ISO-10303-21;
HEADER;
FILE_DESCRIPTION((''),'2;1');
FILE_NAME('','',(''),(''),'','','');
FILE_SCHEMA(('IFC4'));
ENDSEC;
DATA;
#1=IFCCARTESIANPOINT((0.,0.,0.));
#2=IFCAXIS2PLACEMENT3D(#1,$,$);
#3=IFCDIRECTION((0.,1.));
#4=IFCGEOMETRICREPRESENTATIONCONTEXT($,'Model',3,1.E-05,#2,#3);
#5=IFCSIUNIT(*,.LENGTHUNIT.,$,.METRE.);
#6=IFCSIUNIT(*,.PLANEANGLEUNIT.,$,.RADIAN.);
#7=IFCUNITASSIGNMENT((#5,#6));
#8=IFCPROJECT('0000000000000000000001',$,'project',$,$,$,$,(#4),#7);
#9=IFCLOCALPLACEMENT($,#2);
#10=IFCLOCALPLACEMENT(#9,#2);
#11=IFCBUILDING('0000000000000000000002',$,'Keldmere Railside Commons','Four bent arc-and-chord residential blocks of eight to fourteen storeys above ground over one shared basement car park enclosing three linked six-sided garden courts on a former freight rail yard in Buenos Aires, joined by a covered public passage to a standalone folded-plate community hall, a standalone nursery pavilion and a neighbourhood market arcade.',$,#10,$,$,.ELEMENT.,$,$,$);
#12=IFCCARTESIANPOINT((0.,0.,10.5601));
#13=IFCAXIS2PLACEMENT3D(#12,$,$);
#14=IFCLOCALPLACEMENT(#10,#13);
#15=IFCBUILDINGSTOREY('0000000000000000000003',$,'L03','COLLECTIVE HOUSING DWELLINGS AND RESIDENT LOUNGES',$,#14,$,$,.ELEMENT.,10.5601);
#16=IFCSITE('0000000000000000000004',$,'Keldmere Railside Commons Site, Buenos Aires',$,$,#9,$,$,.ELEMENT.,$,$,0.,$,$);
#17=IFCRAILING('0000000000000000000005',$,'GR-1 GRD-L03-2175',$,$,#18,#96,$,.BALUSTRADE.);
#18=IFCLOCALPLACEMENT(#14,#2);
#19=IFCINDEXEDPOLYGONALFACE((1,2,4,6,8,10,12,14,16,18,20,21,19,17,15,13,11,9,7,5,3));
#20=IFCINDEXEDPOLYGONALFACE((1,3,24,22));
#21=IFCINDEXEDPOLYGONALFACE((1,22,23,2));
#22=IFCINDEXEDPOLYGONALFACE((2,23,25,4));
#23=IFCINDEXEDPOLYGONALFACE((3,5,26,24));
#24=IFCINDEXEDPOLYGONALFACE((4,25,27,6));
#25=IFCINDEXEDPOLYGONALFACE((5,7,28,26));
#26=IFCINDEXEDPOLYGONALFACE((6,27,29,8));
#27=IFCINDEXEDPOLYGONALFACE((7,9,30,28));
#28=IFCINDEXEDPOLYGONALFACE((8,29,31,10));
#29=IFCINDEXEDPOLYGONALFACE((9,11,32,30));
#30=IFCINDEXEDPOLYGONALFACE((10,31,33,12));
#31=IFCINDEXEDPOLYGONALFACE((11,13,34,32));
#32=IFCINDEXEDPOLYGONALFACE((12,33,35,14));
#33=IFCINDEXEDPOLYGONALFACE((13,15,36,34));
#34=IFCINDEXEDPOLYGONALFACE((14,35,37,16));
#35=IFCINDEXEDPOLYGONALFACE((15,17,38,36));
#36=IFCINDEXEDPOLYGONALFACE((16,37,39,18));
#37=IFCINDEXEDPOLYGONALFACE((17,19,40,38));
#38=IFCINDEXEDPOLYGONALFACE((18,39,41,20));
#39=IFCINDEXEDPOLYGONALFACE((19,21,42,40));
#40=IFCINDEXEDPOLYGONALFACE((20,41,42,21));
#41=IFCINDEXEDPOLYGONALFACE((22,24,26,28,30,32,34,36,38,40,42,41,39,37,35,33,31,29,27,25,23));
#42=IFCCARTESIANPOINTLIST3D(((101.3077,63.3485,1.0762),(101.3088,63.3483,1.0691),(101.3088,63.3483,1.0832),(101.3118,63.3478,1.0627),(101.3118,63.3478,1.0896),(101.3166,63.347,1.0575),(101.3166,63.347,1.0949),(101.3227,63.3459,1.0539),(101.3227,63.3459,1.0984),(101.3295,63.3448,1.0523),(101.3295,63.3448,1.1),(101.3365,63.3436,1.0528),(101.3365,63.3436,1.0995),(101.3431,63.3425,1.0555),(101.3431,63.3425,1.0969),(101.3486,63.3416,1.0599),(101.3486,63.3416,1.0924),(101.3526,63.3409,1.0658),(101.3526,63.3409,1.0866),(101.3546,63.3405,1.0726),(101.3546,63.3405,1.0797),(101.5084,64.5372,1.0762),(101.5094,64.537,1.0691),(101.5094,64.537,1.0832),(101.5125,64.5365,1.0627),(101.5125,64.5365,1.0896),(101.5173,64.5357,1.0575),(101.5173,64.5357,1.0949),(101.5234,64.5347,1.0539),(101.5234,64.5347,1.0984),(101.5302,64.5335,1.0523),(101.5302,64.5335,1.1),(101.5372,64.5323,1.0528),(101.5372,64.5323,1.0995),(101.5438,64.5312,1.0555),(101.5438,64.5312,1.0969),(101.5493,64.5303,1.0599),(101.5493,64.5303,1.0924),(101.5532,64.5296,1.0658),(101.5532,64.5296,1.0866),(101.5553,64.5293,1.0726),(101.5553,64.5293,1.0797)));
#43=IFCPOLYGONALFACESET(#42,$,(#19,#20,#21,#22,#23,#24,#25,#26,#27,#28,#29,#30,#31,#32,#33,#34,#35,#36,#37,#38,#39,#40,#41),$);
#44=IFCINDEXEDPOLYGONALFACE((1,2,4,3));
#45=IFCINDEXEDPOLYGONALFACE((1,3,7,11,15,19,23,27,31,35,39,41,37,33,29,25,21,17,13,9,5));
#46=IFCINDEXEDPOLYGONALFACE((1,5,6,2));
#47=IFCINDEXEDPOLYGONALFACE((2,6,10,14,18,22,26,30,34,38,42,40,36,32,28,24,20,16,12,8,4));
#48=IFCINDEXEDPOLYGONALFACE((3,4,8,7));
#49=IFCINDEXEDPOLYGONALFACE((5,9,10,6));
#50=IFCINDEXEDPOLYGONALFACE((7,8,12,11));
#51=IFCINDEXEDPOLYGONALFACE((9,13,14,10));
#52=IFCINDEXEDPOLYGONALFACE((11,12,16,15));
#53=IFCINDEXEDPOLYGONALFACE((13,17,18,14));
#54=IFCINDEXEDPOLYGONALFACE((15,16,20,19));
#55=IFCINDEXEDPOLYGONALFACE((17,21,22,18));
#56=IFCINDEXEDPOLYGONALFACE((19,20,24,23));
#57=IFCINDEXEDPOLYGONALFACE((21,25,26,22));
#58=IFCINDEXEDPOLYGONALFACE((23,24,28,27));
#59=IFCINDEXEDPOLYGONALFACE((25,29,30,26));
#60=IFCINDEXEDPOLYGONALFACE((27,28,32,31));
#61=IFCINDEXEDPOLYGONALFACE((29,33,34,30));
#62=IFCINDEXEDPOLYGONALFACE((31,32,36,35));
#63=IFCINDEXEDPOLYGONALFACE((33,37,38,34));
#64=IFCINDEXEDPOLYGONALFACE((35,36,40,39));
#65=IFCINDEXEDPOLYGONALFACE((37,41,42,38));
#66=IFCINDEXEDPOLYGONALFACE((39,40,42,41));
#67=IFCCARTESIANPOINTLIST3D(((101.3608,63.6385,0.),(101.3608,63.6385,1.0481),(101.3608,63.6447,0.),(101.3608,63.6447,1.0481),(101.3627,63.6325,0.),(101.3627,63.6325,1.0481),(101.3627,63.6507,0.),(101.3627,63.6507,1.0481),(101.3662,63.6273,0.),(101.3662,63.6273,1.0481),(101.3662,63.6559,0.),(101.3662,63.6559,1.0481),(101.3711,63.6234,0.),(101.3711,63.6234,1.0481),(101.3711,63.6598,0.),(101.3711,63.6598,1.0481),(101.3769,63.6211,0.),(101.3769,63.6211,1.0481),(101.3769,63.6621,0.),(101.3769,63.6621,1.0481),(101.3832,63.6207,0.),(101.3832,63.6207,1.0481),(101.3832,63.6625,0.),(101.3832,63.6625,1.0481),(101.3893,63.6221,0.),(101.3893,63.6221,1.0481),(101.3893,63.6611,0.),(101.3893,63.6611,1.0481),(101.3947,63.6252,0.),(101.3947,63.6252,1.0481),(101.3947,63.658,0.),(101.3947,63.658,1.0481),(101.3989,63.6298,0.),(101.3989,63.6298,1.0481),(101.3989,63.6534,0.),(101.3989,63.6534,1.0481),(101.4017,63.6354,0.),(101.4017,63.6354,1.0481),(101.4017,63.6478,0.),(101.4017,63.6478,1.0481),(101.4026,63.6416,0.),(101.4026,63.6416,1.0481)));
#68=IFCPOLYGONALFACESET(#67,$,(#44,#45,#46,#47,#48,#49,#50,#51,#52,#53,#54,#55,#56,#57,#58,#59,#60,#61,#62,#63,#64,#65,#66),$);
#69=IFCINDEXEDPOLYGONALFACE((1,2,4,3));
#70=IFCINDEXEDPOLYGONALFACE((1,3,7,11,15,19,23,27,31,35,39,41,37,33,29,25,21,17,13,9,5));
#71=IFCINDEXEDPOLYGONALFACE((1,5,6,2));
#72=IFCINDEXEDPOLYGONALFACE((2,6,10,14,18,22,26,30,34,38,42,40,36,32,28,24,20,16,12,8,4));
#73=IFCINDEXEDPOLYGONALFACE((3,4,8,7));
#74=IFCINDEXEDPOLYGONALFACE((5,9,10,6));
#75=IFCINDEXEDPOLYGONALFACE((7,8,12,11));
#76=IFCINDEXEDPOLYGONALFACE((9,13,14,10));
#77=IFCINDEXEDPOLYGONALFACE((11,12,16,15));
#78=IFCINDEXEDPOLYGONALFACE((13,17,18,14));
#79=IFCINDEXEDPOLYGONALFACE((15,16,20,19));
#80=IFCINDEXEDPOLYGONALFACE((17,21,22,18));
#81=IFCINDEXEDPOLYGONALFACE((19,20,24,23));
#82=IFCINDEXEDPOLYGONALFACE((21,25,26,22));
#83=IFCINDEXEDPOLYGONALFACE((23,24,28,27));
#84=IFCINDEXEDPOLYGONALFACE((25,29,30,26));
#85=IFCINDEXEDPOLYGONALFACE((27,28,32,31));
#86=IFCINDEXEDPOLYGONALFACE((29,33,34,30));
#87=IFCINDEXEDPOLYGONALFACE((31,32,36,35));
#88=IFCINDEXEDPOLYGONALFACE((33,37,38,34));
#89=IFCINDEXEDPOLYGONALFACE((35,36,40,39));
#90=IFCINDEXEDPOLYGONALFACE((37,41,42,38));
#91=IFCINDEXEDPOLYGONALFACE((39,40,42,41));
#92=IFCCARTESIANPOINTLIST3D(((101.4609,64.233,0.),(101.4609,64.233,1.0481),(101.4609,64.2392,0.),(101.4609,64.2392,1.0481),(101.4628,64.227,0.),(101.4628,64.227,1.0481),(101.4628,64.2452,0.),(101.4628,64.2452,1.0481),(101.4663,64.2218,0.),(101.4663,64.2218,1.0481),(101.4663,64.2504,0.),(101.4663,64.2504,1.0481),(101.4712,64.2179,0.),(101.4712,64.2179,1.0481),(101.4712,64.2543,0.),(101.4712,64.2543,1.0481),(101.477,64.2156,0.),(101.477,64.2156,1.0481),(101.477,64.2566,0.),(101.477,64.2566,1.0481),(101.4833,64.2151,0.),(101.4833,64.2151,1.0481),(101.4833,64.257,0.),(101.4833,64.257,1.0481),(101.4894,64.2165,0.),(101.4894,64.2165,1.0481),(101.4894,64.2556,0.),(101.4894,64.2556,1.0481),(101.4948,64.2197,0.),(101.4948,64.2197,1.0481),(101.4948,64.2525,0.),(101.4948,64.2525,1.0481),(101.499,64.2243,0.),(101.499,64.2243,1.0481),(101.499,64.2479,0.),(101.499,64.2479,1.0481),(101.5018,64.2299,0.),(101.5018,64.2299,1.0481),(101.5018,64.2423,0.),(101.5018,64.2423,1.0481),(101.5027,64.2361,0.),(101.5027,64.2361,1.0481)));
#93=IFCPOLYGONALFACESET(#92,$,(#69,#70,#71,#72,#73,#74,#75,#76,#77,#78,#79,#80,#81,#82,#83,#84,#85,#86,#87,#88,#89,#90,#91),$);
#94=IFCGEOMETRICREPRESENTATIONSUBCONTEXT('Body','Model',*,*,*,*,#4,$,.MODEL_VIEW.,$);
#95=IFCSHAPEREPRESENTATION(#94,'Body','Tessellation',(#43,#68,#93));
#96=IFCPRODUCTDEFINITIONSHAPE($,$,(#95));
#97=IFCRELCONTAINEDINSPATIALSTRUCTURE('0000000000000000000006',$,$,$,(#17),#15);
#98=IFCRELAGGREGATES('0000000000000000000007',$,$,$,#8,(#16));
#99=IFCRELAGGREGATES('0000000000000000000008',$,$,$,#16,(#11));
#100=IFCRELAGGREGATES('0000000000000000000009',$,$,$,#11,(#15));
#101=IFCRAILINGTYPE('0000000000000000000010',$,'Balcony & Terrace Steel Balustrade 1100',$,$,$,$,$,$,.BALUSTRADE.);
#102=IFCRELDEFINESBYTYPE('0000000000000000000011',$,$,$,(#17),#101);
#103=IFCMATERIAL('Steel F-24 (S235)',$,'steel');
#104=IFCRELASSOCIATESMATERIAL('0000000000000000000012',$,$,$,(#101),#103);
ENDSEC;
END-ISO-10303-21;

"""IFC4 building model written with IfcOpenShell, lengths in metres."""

from ifc_helpers import new_model, si_unit, direction, frame, origin, origin_2d, place, context, subcontext, project, spatial, circle, extrude, material, type_object, element, save


model = new_model("IFC4")

# Units and contexts
model_context = context("Model", 3, precision=1e-05, world=origin(), true_north=direction((0.0, 1.0)))
body_context = subcontext(model_context, "Body", "Model", "MODEL_VIEW")
ifc_project = project(units=[si_unit("LENGTHUNIT", "METRE"), si_unit("PLANEANGLEUNIT", "RADIAN")], contexts=[model_context])

# Site, building, storey
site_placement = place(None, origin())
site = spatial("IfcSite", under=ifc_project, at=site_placement, Name="Keldmere Railside Commons Site, Buenos Aires", CompositionType="ELEMENT", RefElevation=0.0)
building_placement = place(site_placement, origin())
building = spatial("IfcBuilding", under=site, at=building_placement, Name="Keldmere Railside Commons", Description="Four bent arc-and-chord residential blocks of eight to fourteen storeys above ground over one shared basement car park enclosing three linked six-sided garden courts on a former freight rail yard in Buenos Aires, joined by a covered public passage to a standalone folded-plate community hall, a standalone nursery pavilion and a neighbourhood market arcade.", CompositionType="ELEMENT")
storey_placement = place(building_placement, frame((0.0, 0.0, 10.5601)))
storey = spatial("IfcBuildingStorey", under=building, at=storey_placement, Name="L03", Description="COLLECTIVE HOUSING DWELLINGS AND RESIDENT LOUNGES", CompositionType="ELEMENT", Elevation=10.5601)

# Railing
ifc_material_1 = material(Name="Steel F-24 (S235)", Category="steel")
railing_type = type_object("IfcRailingType", Name="Balcony & Terrace Steel Balustrade 1100", PredefinedType="BALUSTRADE", material=ifc_material_1)
railing_1_placement = place(storey_placement, frame((101.3313, 63.3445, 0.0)))
element("IfcRailing", 1, at=railing_1_placement, inside=storey, type_object=railing_type, Name="GR-1 GRD-L03-2175", PredefinedType="BALUSTRADE", context=body_context, shape_type="SweptSolid", body=[
    extrude(circle(Radius=0.0239, at=origin_2d()), frame((0.0, 0.0, 1.0762), z_axis=(0.166468, 0.986047, 0.0), x_axis=(-0.986047, 0.166468, 0.0)), (0.0, 0.0, 1.0), 1.2056),
    extrude(circle(Radius=0.021, at=origin_2d()), frame((0.0503, 0.2971, 0.0)), (0.0, 0.0, 1.0), 1.0481),
    extrude(circle(Radius=0.021, at=origin_2d()), frame((0.1504, 0.8916, 0.0)), (0.0, 0.0, 1.0), 1.0481),
])

save(model, "model.ifc")
